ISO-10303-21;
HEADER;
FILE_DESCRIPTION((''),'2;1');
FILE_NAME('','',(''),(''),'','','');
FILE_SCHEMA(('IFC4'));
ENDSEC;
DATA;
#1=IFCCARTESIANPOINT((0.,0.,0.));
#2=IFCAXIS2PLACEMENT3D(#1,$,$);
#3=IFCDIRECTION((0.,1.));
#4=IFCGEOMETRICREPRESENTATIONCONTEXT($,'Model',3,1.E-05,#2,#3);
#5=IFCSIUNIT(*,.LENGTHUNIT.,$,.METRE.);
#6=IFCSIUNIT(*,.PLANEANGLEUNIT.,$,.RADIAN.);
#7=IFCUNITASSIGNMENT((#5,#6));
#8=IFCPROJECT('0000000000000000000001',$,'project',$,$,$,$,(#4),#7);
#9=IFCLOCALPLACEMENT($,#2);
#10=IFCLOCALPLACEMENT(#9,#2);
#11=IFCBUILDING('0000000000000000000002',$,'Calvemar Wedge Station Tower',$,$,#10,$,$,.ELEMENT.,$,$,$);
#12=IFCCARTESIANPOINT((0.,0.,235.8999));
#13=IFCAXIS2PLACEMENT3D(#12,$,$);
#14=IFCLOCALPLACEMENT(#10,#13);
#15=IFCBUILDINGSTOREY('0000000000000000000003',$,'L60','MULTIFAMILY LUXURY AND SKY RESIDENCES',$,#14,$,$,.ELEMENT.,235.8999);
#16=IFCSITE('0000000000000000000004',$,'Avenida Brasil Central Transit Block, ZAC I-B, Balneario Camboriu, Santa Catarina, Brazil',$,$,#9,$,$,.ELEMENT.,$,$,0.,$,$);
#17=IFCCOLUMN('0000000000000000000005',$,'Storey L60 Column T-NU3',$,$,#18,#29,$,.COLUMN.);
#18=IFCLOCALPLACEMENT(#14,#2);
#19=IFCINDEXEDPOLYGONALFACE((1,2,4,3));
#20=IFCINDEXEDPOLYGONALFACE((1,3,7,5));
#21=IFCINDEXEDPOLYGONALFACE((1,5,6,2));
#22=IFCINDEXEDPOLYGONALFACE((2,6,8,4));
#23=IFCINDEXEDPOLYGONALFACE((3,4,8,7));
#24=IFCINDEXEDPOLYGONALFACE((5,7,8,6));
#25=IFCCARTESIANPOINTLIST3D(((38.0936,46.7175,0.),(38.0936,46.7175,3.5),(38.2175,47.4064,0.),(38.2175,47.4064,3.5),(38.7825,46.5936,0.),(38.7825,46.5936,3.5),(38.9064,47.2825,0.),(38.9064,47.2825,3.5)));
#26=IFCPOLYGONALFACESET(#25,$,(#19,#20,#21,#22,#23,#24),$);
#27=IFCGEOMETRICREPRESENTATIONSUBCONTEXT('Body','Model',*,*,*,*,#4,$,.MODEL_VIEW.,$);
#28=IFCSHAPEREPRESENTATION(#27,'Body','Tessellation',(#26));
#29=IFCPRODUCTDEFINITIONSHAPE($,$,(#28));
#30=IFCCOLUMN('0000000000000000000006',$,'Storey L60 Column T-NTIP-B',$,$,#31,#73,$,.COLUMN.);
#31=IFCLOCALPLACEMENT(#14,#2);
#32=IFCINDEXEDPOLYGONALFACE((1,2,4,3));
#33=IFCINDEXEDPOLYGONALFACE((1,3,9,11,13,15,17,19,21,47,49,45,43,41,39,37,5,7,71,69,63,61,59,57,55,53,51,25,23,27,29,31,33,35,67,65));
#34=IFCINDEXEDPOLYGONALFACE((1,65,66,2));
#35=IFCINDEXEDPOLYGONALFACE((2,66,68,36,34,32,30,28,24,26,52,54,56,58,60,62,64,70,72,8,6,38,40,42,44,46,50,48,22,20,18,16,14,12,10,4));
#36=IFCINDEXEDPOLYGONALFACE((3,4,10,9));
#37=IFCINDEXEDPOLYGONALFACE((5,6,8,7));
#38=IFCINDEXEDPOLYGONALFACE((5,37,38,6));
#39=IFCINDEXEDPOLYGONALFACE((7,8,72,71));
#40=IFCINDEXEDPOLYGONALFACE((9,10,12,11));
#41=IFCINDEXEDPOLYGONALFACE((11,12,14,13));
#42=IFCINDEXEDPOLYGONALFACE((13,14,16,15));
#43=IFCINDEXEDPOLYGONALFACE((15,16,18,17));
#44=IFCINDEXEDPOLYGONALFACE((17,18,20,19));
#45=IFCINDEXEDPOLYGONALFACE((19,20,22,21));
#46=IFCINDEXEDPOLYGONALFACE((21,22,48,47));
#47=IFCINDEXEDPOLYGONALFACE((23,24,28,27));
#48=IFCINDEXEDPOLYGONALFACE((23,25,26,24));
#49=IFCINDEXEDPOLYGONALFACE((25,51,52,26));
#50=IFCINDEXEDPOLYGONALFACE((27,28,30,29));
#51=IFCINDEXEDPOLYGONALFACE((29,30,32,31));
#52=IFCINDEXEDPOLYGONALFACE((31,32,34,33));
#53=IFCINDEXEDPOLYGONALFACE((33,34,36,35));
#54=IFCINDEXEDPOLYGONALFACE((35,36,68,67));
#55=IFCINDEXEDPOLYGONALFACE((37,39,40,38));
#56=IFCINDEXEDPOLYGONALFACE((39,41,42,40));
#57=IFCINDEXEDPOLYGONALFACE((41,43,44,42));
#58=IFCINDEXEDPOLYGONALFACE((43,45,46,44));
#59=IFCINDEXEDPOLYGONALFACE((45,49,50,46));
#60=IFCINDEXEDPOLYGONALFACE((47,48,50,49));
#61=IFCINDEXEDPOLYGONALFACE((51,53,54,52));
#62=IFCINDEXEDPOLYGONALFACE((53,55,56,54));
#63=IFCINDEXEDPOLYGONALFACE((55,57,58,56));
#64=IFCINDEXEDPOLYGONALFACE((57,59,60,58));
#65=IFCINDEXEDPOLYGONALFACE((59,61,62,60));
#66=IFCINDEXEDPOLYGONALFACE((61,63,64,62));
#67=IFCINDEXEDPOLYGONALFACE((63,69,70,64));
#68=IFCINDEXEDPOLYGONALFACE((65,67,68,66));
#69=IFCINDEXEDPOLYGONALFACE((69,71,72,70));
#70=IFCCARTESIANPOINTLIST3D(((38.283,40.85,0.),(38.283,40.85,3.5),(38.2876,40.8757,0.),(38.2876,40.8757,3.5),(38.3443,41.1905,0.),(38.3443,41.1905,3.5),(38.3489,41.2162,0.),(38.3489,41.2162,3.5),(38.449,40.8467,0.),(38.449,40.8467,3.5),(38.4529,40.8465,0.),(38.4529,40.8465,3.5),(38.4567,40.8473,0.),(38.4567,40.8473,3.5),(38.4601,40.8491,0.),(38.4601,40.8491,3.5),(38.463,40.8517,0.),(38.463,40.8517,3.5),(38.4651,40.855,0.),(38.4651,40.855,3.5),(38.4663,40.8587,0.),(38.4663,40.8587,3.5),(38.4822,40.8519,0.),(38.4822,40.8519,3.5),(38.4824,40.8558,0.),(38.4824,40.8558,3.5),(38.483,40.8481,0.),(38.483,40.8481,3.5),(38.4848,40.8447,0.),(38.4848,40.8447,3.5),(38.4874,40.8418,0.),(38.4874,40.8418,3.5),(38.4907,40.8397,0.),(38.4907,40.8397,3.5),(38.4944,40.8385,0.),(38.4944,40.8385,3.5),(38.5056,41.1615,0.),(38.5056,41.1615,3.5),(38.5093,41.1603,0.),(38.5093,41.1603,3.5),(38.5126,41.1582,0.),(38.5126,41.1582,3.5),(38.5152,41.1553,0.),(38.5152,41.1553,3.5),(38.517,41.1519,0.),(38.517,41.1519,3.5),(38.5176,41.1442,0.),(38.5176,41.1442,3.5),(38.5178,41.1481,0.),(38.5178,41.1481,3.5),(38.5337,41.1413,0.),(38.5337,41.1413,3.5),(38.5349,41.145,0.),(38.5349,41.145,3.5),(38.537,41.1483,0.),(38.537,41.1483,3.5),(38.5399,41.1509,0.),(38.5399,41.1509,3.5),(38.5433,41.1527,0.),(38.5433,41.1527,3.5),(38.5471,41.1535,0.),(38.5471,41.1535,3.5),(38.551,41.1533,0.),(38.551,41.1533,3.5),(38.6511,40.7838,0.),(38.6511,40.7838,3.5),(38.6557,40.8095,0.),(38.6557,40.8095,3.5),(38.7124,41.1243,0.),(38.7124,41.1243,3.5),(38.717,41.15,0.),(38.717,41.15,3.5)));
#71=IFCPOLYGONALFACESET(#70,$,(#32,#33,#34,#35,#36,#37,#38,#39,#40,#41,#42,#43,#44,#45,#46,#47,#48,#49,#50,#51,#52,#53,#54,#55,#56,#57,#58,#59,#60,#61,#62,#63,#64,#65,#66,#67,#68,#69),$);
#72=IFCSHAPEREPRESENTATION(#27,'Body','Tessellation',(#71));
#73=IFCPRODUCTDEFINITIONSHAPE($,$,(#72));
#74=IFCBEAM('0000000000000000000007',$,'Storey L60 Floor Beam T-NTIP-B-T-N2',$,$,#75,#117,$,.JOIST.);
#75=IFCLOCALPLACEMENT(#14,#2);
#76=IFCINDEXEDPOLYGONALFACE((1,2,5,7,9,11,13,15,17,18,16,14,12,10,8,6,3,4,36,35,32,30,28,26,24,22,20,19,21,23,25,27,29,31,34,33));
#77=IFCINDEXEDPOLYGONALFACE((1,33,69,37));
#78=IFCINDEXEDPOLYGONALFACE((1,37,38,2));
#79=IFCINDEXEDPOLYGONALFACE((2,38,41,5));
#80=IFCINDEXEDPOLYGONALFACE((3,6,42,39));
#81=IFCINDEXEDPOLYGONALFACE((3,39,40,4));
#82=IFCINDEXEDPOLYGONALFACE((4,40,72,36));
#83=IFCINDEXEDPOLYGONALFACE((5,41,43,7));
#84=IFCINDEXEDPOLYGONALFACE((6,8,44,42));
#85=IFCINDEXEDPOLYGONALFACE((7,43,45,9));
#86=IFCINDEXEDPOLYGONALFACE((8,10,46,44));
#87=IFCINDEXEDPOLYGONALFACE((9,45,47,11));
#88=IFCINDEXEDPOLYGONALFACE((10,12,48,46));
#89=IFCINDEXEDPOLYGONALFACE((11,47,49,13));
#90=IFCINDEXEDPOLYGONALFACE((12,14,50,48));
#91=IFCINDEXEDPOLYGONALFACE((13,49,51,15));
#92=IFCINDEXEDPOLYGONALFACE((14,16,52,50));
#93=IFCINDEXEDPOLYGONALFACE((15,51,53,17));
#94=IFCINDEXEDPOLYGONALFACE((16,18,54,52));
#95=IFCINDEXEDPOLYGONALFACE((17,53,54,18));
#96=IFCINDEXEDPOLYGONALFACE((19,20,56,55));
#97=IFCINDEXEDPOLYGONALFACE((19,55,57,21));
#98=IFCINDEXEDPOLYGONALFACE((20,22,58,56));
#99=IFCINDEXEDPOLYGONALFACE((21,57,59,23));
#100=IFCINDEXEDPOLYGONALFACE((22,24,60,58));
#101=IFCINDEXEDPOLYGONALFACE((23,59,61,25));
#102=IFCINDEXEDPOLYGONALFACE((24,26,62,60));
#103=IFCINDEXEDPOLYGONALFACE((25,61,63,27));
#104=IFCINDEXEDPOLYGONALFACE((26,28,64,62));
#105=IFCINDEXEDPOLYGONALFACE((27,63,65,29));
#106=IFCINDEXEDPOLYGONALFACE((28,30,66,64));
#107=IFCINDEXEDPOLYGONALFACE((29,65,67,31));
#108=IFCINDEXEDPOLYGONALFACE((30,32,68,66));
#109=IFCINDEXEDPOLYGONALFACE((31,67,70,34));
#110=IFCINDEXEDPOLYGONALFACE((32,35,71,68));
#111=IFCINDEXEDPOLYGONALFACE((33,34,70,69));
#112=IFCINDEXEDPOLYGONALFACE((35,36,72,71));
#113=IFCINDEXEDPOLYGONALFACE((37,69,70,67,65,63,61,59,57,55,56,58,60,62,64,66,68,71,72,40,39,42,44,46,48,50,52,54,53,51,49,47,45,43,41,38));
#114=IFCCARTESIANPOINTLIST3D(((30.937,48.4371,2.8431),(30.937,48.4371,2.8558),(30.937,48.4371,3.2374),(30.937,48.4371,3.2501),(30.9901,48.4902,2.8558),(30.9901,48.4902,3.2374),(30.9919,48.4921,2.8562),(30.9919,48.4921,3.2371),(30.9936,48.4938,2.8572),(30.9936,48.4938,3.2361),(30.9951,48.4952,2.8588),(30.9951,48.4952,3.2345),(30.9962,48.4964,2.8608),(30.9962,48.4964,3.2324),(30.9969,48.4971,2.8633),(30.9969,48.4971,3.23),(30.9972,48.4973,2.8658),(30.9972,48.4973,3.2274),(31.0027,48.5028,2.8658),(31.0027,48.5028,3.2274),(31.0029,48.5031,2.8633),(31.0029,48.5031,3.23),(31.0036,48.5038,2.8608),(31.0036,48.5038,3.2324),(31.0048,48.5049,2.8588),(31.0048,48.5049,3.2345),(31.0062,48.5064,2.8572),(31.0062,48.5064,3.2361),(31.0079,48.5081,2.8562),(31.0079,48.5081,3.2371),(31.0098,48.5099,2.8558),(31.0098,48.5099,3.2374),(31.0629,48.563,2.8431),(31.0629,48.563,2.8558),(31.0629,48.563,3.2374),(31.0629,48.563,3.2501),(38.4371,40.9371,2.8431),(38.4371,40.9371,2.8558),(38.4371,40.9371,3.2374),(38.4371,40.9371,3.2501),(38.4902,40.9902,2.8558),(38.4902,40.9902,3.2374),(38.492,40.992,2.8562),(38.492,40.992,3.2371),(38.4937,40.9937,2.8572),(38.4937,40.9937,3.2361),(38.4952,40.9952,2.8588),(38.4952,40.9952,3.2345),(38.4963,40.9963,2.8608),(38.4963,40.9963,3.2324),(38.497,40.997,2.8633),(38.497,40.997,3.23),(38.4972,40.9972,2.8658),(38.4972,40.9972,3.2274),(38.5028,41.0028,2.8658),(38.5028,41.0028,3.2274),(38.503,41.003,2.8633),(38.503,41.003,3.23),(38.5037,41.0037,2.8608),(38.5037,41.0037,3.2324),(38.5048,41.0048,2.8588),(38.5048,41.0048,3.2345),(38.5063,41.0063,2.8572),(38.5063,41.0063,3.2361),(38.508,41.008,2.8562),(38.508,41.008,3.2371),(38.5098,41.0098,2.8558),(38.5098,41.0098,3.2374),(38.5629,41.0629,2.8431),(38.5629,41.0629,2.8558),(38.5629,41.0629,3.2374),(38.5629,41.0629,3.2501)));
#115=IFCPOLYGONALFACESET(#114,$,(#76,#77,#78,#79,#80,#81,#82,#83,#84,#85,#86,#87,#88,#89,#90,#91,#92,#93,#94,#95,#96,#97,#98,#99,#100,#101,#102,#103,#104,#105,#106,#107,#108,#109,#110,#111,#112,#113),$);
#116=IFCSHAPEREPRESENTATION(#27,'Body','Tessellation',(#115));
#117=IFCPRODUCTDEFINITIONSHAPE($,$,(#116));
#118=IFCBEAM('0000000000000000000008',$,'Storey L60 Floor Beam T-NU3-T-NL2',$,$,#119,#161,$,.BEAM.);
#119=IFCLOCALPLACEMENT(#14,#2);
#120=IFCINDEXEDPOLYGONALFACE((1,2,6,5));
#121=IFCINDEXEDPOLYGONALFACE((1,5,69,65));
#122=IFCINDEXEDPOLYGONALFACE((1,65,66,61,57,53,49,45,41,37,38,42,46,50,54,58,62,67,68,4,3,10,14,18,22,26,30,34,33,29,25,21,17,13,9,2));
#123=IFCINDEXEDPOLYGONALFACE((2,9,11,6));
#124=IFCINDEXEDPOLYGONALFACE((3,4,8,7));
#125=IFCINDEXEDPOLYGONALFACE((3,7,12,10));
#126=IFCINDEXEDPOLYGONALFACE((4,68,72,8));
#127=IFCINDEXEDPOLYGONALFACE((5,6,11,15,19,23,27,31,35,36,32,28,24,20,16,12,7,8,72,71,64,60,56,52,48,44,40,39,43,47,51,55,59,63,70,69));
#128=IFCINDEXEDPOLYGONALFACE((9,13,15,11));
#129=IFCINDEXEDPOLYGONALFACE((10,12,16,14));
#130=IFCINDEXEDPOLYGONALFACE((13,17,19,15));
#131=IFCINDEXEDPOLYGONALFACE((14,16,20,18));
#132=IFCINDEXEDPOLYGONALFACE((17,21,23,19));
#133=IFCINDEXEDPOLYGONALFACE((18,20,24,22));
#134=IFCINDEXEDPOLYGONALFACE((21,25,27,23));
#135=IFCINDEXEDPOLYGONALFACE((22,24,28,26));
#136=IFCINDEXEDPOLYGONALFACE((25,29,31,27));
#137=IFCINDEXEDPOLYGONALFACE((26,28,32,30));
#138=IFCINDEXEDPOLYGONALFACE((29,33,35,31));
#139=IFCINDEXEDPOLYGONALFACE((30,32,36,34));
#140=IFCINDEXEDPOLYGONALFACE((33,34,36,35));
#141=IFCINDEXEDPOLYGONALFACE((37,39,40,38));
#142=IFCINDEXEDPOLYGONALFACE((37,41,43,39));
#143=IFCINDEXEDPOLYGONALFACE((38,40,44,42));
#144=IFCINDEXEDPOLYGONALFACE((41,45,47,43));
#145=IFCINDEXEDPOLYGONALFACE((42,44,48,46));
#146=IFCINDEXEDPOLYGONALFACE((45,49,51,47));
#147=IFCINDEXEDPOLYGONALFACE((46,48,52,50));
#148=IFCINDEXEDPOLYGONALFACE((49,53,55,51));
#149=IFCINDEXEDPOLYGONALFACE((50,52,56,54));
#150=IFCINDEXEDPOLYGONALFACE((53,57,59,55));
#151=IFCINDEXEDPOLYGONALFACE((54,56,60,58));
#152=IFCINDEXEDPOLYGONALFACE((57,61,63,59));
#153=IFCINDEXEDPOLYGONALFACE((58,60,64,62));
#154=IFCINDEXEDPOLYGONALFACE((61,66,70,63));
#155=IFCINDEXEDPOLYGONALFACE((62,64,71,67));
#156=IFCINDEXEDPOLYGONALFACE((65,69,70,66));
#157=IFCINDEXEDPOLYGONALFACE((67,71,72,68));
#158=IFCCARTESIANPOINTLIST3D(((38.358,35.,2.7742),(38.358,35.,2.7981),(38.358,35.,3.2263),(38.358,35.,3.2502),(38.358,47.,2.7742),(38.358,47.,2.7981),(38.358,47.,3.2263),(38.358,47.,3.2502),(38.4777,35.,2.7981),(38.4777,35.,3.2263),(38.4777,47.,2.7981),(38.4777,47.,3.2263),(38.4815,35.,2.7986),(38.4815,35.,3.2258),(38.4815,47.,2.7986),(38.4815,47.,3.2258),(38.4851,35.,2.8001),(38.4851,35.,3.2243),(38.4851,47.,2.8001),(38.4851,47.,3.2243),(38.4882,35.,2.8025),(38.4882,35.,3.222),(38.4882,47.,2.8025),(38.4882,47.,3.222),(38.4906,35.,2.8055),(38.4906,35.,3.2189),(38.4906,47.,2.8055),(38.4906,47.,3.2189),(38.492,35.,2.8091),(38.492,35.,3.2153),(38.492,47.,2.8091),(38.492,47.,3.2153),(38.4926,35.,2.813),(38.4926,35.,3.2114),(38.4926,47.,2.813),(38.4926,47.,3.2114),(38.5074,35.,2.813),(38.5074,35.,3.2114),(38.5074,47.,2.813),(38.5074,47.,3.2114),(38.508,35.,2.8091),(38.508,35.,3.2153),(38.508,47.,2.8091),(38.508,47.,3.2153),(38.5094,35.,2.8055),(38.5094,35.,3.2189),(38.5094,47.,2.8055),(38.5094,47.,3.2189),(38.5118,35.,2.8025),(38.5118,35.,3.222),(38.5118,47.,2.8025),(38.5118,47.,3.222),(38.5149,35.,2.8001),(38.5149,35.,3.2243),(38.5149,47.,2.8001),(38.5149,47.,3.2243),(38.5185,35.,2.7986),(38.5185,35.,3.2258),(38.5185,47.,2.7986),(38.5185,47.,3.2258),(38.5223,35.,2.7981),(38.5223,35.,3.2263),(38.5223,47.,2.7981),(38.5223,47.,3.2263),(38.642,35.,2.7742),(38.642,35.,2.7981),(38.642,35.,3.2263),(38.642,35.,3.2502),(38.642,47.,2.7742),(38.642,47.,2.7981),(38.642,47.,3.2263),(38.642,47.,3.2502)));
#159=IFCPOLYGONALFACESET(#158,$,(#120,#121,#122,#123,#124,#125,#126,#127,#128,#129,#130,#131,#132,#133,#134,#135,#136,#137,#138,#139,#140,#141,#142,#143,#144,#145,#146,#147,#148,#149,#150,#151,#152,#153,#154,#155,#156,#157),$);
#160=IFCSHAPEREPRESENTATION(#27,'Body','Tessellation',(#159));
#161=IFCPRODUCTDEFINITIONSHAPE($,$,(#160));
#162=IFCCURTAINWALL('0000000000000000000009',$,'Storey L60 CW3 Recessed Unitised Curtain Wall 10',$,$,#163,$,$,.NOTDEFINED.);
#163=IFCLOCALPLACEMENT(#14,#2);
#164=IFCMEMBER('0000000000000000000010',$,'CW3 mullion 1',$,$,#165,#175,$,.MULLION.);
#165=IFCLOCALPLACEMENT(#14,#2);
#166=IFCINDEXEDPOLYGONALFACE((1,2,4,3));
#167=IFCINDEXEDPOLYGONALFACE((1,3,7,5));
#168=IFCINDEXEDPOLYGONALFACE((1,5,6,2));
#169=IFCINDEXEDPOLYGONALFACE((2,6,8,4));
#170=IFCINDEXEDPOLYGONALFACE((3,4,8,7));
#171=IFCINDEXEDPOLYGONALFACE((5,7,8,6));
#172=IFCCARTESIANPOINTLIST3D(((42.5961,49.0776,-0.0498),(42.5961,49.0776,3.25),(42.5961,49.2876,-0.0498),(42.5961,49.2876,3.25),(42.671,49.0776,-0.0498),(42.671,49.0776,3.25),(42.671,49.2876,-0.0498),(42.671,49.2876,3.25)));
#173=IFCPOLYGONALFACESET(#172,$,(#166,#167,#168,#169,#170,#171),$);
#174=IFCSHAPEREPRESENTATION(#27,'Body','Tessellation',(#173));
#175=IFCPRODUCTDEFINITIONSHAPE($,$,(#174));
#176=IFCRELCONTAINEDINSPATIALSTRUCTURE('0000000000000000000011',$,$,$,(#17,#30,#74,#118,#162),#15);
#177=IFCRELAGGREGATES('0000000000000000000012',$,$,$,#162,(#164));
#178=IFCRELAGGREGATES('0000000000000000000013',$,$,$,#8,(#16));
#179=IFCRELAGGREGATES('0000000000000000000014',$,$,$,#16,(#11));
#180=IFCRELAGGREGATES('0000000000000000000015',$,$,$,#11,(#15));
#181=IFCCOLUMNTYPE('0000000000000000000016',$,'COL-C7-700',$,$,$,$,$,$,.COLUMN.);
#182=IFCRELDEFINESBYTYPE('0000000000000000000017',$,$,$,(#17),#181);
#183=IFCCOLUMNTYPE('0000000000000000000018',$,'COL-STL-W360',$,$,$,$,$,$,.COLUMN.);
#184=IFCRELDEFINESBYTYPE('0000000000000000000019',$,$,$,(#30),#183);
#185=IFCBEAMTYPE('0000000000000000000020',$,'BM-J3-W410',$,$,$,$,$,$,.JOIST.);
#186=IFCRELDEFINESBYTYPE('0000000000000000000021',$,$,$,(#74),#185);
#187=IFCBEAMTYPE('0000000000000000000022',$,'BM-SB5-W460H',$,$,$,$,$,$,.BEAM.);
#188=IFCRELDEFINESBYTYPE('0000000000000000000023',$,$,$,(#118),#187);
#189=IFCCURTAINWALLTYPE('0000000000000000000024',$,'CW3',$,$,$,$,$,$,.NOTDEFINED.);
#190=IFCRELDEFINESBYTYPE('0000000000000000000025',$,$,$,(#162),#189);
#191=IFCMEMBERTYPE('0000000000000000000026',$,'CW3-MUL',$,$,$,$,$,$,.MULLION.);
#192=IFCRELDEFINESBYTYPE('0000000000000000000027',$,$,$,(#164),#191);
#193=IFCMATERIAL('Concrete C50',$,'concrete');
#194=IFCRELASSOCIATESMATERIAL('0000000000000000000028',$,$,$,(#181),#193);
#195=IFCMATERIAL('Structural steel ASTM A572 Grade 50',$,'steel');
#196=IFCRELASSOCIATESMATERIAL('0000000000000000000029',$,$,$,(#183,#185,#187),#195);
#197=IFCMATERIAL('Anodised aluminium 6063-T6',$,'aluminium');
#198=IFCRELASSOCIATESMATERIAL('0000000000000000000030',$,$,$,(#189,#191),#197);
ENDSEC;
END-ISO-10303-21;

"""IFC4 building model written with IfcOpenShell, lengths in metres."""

from ifc_helpers import new_model, si_unit, direction, frame, origin, origin_2d, place, context, subcontext, project, spatial, rectangle, i_section, extrude, source, transform, mapped, material, material_profile, profile_set, type_object, element, aggregate, save


model = new_model("IFC4")

# Units and contexts
model_context = context("Model", 3, precision=1e-05, world=origin(), true_north=direction((0.0, 1.0)))
body_context = subcontext(model_context, "Body", "Model", "MODEL_VIEW")
ifc_project = project(units=[si_unit("LENGTHUNIT", "METRE"), si_unit("PLANEANGLEUNIT", "RADIAN")], contexts=[model_context])

# Site, building, storey
site_placement = place(None, origin())
site = spatial("IfcSite", under=ifc_project, at=site_placement, Name="Avenida Brasil Central Transit Block, ZAC I-B, Balneario Camboriu, Santa Catarina, Brazil", CompositionType="ELEMENT", RefElevation=0.0)
building_placement = place(site_placement, origin())
building = spatial("IfcBuilding", under=site, at=building_placement, Name="Calvemar Wedge Station Tower", CompositionType="ELEMENT")
storey_placement = place(building_placement, frame((0.0, 0.0, 235.8999)))
storey = spatial("IfcBuildingStorey", under=building, at=storey_placement, Name="L60", Description="MULTIFAMILY LUXURY AND SKY RESIDENCES", CompositionType="ELEMENT", Elevation=235.8999)

# Columns
ifc_material_1 = material(Name="Concrete C50", Category="concrete")
ifc_material_profile_1 = material_profile(ifc_material_1, rectangle(XDim=0.7, YDim=0.7, at=origin_2d()), Name="RC700x700")
ifc_profile_set_1 = profile_set([ifc_material_profile_1], Name="Concrete C50")
column_type_1 = type_object("IfcColumnType", Name="COL-C7-700", PredefinedType="COLUMN", material=ifc_profile_set_1)
shared_shape_1 = source(origin(), body_context, "Body", "SweptSolid", [
    extrude(rectangle(XDim=0.7, YDim=0.7, at=origin_2d()), origin(), (0.0, 0.0, 1.0), 3.5),
])
column_1_placement = place(storey_placement, frame((38.5, 47.0, 0.0), z_axis=(0.0, 0.0, 1.0), x_axis=(0.984196, -0.177085, 0.0)))
element("IfcColumn", 1, at=column_1_placement, inside=storey, type_object=column_type_1, Name="Storey L60 Column T-NU3", PredefinedType="COLUMN", context=body_context, shape_type="MappedRepresentation", body=[
    mapped(shared_shape_1, transform((0.0, 0.0, 0.0), scale=1.0)),
])
ifc_material_2 = material(Name="Structural steel ASTM A572 Grade 50", Category="steel")
ifc_material_profile_2 = material_profile(ifc_material_2, i_section(OverallWidth=0.374, OverallDepth=0.3721, WebThickness=0.0164, FlangeThickness=0.0261, FilletRadius=0.0149, at=origin_2d()), Name="W360x196")
ifc_profile_set_2 = profile_set([ifc_material_profile_2], Name="Structural steel ASTM A572 Grade 50")
column_type_2 = type_object("IfcColumnType", Name="COL-STL-W360", PredefinedType="COLUMN", material=ifc_profile_set_2)
shared_shape_2 = source(origin(), body_context, "Body", "SweptSolid", [
    extrude(i_section(OverallWidth=0.374, OverallDepth=0.3721, WebThickness=0.0164, FlangeThickness=0.0261, FilletRadius=0.0149, at=origin_2d()), origin(), (0.0, 0.0, 1.0), 3.5),
])
column_2_placement = place(storey_placement, frame((38.5, 41.0, 0.0), z_axis=(0.0, 0.0, 1.0), x_axis=(0.984196, -0.177085, 0.0)))
element("IfcColumn", 2, at=column_2_placement, inside=storey, type_object=column_type_2, Name="Storey L60 Column T-NTIP-B", PredefinedType="COLUMN", context=body_context, shape_type="MappedRepresentation", body=[
    mapped(shared_shape_2, transform((0.0, 0.0, 0.0), scale=1.0)),
])

# Beams
ifc_material_profile_3 = material_profile(ifc_material_2, i_section(OverallWidth=0.178, OverallDepth=0.407, WebThickness=0.0078, FlangeThickness=0.0127, FilletRadius=0.01, at=origin_2d()), Name="W410x60")
ifc_profile_set_3 = profile_set([ifc_material_profile_3], Name="Structural steel ASTM A572 Grade 50")
beam_type_1 = type_object("IfcBeamType", Name="BM-J3-W410", PredefinedType="JOIST", material=ifc_profile_set_3)
shared_shape_3 = source(origin(), body_context, "Body", "SweptSolid", [
    extrude(i_section(OverallWidth=0.178, OverallDepth=0.407, WebThickness=0.0078, FlangeThickness=0.0127, FilletRadius=0.01, at=origin_2d()), origin(), (0.0, 0.0, 1.0), 10.6067),
])
beam_1_placement = place(storey_placement, frame((38.5, 41.0, 3.0466), z_axis=(-0.707107, 0.707107, 0.0), x_axis=(-0.707107, -0.707107, 0.0)))
element("IfcBeam", 3, at=beam_1_placement, inside=storey, type_object=beam_type_1, Name="Storey L60 Floor Beam T-NTIP-B-T-N2", PredefinedType="JOIST", context=body_context, shape_type="MappedRepresentation", body=[
    mapped(shared_shape_3, transform((0.0, 0.0, 0.0), scale=1.0)),
])
ifc_material_profile_4 = material_profile(ifc_material_2, i_section(OverallWidth=0.2839, OverallDepth=0.4761, WebThickness=0.0149, FlangeThickness=0.0239, FilletRadius=0.0149, at=origin_2d()), Name="W460x158")
ifc_profile_set_4 = profile_set([ifc_material_profile_4], Name="Structural steel ASTM A572 Grade 50")
beam_type_2 = type_object("IfcBeamType", Name="BM-SB5-W460H", PredefinedType="BEAM", material=ifc_profile_set_4)
shared_shape_4 = source(origin(), body_context, "Body", "SweptSolid", [
    extrude(i_section(OverallWidth=0.2839, OverallDepth=0.4761, WebThickness=0.0149, FlangeThickness=0.0239, FilletRadius=0.0149, at=origin_2d()), origin(), (0.0, 0.0, 1.0), 12.0),
])
beam_2_placement = place(storey_placement, frame((38.5, 47.0, 3.0122), z_axis=(0.0, -1.0, 0.0), x_axis=(1.0, 0.0, 0.0)))
element("IfcBeam", 4, at=beam_2_placement, inside=storey, type_object=beam_type_2, Name="Storey L60 Floor Beam T-NU3-T-NL2", PredefinedType="BEAM", context=body_context, shape_type="MappedRepresentation", body=[
    mapped(shared_shape_4, transform((0.0, 0.0, 0.0), scale=1.0)),
])

# Curtain wall, member
ifc_material_3 = material(Name="Anodised aluminium 6063-T6", Category="aluminium")
curtain_wall_type = type_object("IfcCurtainWallType", Name="CW3", PredefinedType="NOTDEFINED", material=ifc_material_3)
curtain_wall_placement = place(storey_placement, origin())
curtain_wall = element("IfcCurtainWall", 5, at=curtain_wall_placement, inside=storey, type_object=curtain_wall_type, Name="Storey L60 CW3 Recessed Unitised Curtain Wall 10", PredefinedType="NOTDEFINED")
ifc_material_profile_5 = material_profile(ifc_material_3, rectangle(XDim=0.075, YDim=0.21, at=origin_2d()), Name="AL-MUL-75x210")
ifc_profile_set_5 = profile_set([ifc_material_profile_5], Name="Anodised aluminium 6063-T6")
member_type_1 = type_object("IfcMemberType", Name="CW3-MUL", PredefinedType="MULLION", material=ifc_profile_set_5)
shared_shape_5 = source(origin(), body_context, "Body", "SweptSolid", [
    extrude(rectangle(XDim=0.075, YDim=0.21, at=origin_2d()), origin(), (0.0, 0.0, 1.0), 3.2998),
])
member_1_placement = place(storey_placement, frame((42.6335, 49.1826, -0.0498), z_axis=(0.0, 0.0, 1.0), x_axis=(1.0, 0.0, 0.0)))
member_1 = element("IfcMember", 6, at=member_1_placement, type_object=member_type_1, Name="CW3 mullion 1", PredefinedType="MULLION", context=body_context, shape_type="MappedRepresentation", body=[
    mapped(shared_shape_5, transform((0.0, 0.0, 0.0), scale=1.0)),
])
aggregate(curtain_wall, [member_1])

save(model, "model.ifc")
